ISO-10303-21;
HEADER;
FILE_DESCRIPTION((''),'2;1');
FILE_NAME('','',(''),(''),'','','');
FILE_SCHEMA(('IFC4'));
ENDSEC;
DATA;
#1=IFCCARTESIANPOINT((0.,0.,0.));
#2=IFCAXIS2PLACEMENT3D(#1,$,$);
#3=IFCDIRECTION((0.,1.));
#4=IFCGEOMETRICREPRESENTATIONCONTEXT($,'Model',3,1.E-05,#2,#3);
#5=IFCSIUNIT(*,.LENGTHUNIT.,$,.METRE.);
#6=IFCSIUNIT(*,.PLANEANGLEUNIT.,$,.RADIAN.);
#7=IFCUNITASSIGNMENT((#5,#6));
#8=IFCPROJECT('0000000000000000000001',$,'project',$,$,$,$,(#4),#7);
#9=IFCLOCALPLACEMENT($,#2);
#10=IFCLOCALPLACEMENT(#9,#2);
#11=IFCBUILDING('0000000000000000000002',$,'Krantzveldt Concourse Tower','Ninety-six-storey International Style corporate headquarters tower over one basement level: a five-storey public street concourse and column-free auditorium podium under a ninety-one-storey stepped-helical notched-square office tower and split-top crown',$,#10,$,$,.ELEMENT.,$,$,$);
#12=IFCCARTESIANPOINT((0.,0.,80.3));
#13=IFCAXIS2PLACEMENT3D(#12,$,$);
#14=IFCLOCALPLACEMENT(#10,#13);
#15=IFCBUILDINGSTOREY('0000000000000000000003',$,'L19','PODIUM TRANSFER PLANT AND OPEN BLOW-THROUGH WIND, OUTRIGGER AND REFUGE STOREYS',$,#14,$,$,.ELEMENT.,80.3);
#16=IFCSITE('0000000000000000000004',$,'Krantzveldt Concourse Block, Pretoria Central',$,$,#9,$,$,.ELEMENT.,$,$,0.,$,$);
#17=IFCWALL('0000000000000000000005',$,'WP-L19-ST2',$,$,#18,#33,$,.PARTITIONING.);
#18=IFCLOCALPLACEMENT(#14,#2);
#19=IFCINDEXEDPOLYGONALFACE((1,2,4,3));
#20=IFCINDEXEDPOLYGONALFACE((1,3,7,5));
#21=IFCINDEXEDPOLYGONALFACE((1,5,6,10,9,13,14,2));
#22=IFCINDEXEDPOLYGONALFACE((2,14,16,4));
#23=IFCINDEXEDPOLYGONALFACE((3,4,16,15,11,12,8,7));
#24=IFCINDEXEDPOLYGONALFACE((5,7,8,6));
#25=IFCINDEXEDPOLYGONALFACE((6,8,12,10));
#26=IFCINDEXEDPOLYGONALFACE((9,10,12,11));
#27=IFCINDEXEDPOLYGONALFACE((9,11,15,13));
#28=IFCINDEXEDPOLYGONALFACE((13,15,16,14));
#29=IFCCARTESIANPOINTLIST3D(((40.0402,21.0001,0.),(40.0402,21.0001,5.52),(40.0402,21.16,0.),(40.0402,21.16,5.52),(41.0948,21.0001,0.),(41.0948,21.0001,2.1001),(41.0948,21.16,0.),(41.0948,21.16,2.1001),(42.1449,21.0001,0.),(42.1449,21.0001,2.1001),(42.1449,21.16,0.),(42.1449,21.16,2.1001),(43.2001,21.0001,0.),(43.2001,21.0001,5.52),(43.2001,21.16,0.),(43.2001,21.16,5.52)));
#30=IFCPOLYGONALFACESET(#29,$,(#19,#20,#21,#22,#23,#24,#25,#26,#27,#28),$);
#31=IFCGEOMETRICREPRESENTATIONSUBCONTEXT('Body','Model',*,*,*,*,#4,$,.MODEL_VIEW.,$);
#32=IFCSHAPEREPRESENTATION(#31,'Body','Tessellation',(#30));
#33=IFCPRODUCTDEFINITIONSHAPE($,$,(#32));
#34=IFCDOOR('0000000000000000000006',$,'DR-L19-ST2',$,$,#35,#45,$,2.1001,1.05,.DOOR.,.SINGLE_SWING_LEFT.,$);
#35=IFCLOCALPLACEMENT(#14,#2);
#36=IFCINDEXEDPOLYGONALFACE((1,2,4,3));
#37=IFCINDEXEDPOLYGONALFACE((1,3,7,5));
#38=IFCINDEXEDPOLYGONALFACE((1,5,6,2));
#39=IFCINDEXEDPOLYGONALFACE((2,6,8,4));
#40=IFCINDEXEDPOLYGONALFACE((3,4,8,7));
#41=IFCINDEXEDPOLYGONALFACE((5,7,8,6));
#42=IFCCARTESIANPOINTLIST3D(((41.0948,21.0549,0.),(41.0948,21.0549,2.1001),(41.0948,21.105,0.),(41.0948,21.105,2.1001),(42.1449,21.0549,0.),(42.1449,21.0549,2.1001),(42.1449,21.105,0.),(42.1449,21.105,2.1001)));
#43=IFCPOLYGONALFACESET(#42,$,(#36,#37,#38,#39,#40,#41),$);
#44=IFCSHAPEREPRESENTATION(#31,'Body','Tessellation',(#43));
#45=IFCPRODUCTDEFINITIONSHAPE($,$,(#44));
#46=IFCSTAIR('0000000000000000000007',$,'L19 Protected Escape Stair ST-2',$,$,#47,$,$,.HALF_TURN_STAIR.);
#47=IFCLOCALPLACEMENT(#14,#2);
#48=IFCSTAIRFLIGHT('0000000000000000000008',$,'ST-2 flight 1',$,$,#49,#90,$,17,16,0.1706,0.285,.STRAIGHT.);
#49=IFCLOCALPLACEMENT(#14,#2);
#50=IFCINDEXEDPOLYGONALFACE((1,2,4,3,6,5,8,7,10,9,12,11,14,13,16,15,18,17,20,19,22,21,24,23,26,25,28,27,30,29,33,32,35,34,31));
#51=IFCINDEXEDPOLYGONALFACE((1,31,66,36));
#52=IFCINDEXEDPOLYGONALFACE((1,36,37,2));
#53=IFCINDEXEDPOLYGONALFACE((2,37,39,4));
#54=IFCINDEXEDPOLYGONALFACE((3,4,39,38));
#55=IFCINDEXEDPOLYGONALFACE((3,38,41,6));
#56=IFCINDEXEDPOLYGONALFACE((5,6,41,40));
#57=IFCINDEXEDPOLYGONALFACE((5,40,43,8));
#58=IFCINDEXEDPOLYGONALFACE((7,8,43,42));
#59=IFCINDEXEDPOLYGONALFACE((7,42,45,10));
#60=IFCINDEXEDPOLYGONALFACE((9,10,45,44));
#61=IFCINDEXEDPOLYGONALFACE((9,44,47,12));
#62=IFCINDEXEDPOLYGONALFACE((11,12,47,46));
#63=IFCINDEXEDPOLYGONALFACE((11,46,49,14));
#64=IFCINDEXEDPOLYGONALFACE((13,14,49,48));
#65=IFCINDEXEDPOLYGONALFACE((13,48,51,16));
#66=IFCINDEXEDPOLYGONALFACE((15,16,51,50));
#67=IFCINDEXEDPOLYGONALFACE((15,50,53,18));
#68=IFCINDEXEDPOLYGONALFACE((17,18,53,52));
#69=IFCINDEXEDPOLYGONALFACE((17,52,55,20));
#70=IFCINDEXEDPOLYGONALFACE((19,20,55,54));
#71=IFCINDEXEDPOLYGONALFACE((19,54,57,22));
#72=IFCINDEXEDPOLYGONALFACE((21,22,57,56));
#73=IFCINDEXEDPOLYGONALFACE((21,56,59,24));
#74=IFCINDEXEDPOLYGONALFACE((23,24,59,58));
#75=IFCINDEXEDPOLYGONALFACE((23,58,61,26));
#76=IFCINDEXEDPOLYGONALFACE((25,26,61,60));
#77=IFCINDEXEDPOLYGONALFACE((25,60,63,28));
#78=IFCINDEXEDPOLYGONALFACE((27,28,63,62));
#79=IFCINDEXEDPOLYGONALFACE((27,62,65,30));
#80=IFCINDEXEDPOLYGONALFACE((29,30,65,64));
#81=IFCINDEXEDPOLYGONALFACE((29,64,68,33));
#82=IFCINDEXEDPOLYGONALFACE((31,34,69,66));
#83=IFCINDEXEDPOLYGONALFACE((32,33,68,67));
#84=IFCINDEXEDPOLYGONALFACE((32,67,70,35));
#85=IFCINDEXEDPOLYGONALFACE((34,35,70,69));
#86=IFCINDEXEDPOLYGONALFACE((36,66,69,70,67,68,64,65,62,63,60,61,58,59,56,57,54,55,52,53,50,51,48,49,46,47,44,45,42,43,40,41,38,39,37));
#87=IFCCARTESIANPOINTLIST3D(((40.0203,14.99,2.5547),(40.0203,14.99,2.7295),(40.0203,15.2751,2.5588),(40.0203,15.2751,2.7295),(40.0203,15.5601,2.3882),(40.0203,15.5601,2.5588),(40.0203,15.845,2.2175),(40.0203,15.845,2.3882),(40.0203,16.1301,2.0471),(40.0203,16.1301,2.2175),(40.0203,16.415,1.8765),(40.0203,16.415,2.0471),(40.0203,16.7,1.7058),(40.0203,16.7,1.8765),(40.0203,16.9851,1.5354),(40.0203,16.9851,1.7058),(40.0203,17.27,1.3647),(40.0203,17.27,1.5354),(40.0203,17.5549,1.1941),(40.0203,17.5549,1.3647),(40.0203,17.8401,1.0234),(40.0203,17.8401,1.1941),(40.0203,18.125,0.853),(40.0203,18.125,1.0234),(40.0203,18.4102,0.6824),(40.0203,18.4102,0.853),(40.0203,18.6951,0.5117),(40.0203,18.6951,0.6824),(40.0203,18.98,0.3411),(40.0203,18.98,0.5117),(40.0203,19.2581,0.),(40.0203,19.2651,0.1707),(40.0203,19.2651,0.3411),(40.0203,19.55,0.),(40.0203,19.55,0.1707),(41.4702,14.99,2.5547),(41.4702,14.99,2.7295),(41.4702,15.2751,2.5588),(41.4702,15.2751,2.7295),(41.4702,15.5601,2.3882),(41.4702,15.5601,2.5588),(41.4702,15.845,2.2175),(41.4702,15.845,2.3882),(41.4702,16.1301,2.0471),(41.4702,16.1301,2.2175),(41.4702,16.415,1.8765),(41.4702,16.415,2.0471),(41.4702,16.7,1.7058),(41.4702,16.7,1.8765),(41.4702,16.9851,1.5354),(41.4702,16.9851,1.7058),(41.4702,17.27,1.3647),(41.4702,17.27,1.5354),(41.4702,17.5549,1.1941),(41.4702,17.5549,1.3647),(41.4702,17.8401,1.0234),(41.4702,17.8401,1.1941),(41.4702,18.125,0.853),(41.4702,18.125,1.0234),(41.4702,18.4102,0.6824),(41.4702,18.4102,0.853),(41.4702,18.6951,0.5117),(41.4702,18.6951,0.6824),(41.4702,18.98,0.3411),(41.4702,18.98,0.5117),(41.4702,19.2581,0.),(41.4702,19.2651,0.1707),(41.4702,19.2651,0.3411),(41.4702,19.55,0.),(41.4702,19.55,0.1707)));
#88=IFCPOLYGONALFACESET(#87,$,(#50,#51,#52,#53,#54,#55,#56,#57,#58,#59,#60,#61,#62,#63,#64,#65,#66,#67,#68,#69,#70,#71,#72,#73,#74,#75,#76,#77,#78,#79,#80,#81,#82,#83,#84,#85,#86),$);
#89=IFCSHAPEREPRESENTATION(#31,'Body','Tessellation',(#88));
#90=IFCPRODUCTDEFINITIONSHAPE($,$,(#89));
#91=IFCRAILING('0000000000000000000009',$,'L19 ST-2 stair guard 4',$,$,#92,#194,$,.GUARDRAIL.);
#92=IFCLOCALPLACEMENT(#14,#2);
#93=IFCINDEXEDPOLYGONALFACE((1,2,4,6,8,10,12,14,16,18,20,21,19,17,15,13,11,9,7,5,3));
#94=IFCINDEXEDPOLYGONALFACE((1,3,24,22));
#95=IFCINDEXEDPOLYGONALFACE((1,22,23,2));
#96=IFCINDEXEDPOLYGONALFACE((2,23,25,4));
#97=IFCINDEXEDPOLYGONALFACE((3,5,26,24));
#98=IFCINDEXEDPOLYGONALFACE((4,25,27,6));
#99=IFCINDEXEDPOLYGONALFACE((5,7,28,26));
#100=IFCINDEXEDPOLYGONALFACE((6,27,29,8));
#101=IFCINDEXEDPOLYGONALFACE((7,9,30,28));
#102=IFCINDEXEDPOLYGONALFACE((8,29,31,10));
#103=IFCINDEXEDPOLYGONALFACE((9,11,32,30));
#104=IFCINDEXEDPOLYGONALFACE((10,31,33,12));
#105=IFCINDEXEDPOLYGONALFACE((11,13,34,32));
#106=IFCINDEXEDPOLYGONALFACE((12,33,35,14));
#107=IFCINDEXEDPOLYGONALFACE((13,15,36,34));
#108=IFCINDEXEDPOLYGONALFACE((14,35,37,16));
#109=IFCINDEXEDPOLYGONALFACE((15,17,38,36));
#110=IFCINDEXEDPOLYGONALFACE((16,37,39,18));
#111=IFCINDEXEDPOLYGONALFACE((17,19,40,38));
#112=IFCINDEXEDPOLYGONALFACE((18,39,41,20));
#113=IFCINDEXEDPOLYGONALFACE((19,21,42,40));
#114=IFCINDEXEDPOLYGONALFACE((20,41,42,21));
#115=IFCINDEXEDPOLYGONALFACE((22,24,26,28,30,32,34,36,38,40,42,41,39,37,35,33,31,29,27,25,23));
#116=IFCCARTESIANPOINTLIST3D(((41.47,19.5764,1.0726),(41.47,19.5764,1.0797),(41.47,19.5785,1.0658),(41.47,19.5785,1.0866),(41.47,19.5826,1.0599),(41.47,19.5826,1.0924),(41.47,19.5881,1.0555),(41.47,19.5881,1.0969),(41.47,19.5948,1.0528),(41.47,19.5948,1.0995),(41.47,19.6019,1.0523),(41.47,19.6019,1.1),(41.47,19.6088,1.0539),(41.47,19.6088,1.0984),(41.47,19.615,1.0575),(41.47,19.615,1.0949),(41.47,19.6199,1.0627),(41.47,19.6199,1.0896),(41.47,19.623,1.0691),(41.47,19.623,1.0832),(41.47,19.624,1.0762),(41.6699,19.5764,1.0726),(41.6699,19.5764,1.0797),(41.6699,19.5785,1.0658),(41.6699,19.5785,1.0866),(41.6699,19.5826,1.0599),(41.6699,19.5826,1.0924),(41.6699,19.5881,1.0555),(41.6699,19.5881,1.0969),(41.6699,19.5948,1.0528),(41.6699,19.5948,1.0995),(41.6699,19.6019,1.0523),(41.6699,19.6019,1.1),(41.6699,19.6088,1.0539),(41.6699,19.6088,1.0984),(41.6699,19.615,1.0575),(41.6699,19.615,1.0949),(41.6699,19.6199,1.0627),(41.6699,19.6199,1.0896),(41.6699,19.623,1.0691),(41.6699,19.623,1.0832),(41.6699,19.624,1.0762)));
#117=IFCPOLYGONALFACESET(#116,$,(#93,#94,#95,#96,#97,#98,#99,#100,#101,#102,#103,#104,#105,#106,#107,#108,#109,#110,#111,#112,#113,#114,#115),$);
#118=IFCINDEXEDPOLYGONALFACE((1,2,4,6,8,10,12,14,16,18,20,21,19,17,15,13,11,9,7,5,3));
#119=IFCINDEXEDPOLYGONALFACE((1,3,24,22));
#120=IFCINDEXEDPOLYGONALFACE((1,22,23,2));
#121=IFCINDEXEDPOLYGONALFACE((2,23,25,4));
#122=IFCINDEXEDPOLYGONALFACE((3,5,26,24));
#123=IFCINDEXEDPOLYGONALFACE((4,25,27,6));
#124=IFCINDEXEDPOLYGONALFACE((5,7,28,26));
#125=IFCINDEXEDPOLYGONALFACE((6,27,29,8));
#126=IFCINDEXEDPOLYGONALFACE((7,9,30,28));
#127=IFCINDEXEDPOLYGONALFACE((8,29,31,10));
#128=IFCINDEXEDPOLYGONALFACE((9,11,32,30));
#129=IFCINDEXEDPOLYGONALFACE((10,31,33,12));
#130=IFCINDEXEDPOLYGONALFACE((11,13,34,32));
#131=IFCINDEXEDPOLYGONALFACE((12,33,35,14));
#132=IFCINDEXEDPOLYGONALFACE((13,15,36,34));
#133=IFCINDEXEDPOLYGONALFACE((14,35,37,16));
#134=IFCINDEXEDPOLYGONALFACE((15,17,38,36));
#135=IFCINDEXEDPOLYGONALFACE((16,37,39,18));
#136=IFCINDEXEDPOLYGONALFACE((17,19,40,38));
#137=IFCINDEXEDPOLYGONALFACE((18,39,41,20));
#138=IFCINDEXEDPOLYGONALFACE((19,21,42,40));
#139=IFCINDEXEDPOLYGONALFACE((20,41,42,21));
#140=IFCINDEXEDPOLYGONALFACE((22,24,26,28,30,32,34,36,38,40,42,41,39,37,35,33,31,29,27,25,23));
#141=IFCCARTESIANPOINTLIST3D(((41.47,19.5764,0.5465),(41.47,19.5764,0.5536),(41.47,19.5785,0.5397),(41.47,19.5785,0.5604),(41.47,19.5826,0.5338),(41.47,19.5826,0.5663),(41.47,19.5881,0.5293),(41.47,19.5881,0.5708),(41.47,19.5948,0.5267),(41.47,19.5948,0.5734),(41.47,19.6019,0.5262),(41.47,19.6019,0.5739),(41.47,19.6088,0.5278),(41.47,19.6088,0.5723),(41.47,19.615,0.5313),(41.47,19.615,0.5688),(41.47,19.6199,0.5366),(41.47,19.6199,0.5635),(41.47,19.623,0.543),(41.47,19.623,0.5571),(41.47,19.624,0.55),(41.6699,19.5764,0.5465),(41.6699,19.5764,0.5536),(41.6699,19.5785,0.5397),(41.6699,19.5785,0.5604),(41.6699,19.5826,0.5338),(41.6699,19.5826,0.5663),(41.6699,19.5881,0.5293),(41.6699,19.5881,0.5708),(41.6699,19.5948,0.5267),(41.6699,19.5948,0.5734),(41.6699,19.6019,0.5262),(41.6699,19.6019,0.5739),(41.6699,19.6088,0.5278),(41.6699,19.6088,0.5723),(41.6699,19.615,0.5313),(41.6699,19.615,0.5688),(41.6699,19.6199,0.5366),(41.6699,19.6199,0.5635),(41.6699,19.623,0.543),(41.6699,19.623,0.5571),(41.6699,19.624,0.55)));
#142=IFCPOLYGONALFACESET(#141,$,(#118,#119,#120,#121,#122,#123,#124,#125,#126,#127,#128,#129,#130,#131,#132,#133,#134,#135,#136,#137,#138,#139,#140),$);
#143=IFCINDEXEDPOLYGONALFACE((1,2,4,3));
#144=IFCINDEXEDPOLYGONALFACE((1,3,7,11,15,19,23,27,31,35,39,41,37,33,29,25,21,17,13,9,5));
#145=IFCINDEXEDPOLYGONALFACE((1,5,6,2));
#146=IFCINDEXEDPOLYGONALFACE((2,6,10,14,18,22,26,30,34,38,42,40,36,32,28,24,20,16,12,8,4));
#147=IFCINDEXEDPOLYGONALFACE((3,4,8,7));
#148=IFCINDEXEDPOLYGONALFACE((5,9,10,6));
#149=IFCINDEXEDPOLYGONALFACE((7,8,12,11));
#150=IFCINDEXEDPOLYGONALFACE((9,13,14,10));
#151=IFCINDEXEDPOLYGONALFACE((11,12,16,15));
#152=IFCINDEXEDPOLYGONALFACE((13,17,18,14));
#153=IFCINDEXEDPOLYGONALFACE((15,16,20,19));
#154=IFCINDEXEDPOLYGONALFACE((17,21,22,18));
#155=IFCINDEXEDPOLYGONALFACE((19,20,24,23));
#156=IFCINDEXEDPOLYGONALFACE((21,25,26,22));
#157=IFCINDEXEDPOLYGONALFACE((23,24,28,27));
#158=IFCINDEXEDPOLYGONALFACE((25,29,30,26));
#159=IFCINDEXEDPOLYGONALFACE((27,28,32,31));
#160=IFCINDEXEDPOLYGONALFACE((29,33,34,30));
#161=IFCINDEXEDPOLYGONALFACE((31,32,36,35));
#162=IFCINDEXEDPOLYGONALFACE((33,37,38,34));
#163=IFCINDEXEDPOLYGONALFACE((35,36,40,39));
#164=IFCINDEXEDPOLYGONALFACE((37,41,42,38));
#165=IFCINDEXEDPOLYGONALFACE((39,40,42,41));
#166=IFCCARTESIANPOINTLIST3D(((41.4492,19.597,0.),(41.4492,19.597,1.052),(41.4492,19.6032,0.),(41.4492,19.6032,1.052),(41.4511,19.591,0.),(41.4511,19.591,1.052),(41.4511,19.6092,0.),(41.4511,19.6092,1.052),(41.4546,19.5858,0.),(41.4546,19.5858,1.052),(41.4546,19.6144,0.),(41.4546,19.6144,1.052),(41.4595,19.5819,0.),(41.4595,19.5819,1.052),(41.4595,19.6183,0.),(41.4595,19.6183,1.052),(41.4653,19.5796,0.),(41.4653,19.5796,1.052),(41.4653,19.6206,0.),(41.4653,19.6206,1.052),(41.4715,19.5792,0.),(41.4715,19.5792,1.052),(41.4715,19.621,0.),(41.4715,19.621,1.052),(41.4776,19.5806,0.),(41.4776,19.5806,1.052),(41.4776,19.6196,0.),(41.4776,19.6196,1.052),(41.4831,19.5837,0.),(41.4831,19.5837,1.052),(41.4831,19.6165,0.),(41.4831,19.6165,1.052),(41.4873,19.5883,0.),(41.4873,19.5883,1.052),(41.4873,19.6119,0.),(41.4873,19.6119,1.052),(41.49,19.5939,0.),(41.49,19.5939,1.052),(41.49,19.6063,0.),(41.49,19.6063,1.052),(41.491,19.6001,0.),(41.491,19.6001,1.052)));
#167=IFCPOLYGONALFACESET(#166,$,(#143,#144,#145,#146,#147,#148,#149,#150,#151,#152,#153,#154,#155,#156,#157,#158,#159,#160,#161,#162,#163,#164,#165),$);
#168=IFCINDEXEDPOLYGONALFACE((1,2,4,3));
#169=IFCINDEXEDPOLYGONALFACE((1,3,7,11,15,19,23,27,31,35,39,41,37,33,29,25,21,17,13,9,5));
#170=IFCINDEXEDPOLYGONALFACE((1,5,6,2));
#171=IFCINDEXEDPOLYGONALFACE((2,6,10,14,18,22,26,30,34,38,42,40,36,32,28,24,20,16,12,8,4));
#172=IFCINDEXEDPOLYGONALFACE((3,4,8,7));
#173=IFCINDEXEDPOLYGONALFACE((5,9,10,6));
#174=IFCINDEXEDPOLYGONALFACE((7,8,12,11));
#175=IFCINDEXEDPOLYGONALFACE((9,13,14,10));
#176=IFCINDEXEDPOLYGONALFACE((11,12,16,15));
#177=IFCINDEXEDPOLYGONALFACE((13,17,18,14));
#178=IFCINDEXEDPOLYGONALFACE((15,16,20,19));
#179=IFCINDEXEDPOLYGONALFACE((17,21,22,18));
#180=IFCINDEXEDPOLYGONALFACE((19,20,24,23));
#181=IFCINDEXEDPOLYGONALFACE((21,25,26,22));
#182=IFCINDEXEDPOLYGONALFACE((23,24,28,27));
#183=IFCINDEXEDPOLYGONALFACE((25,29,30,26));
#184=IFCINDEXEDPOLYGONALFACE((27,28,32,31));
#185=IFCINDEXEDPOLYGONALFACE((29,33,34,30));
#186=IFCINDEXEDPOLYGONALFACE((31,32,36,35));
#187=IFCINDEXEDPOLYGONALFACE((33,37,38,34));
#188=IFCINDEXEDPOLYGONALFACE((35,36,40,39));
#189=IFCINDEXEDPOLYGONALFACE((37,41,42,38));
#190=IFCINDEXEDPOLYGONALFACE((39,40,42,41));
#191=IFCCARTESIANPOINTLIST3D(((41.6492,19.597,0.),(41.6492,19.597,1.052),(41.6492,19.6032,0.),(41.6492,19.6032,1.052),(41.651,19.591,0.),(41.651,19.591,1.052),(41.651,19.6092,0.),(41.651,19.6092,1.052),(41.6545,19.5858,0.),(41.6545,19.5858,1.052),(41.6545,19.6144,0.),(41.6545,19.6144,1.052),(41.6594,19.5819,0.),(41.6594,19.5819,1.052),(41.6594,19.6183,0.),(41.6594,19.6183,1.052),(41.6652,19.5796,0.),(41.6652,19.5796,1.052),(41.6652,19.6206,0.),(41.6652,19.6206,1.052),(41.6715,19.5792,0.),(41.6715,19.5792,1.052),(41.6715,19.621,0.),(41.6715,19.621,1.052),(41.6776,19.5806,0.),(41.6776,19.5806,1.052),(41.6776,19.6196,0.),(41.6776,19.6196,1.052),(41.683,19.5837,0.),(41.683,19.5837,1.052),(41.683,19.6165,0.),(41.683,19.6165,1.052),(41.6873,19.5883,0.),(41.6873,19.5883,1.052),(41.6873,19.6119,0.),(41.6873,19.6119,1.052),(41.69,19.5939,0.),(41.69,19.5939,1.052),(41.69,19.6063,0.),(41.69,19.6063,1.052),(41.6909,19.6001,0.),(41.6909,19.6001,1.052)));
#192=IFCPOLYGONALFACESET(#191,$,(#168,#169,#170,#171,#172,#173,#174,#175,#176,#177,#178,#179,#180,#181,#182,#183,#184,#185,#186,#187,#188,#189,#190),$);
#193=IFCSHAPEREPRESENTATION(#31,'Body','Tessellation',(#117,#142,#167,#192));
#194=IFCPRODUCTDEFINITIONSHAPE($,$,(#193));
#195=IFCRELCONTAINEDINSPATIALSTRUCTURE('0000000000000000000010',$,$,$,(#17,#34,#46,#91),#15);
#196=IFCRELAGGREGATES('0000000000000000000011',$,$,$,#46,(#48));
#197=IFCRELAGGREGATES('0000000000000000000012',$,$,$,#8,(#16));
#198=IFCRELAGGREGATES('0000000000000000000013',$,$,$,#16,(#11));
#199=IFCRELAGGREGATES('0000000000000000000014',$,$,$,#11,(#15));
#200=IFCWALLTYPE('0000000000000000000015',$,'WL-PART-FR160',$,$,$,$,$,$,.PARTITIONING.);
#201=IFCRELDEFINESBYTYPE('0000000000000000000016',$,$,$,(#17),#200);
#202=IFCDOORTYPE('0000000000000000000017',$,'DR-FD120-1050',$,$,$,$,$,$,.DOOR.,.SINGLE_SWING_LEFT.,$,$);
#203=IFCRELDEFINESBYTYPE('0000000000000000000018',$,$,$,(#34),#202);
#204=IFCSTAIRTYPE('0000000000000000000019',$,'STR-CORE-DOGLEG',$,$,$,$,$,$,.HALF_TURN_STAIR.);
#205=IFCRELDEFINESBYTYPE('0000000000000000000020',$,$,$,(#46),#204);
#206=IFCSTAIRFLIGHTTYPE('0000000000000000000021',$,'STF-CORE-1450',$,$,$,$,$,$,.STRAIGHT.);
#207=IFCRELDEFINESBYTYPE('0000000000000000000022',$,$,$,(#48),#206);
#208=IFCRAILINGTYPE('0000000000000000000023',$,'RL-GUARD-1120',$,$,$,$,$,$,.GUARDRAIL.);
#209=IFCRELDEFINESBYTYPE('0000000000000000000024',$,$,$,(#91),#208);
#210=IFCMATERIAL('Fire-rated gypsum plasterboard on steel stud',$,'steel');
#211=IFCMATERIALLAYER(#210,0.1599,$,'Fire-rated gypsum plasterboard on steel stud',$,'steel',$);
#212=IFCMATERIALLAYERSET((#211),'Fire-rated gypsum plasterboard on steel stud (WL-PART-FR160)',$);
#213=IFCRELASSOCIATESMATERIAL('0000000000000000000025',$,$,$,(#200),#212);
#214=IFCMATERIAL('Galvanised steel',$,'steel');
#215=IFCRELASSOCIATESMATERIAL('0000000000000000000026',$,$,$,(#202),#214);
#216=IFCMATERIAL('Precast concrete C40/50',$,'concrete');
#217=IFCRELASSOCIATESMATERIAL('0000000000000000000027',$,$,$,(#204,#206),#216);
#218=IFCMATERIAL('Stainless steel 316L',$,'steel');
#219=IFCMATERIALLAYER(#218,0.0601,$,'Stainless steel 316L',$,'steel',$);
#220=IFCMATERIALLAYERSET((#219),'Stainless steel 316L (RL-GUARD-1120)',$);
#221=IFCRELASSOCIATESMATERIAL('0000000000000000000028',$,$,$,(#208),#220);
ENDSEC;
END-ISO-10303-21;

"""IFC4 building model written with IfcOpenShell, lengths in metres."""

from ifc_helpers import new_model, si_unit, direction, frame, frame_2d, origin, origin_2d, place, context, subcontext, project, spatial, polyline, rectangle, circle, outline, extrude, material, layer, layer_set, type_object, element, fill, aggregate, save


model = new_model("IFC4")

# Units and contexts
model_context = context("Model", 3, precision=1e-05, world=origin(), true_north=direction((0.0, 1.0)))
body_context = subcontext(model_context, "Body", "Model", "MODEL_VIEW")
ifc_project = project(units=[si_unit("LENGTHUNIT", "METRE"), si_unit("PLANEANGLEUNIT", "RADIAN")], contexts=[model_context])

# Site, building, storey
site_placement = place(None, origin())
site = spatial("IfcSite", under=ifc_project, at=site_placement, Name="Krantzveldt Concourse Block, Pretoria Central", CompositionType="ELEMENT", RefElevation=0.0)
building_placement = place(site_placement, origin())
building = spatial("IfcBuilding", under=site, at=building_placement, Name="Krantzveldt Concourse Tower", Description="Ninety-six-storey International Style corporate headquarters tower over one basement level: a five-storey public street concourse and column-free auditorium podium under a ninety-one-storey stepped-helical notched-square office tower and split-top crown", CompositionType="ELEMENT")
storey_placement = place(building_placement, frame((0.0, 0.0, 80.3)))
storey = spatial("IfcBuildingStorey", under=building, at=storey_placement, Name="L19", Description="PODIUM TRANSFER PLANT AND OPEN BLOW-THROUGH WIND, OUTRIGGER AND REFUGE STOREYS", CompositionType="ELEMENT", Elevation=80.3)

# Shared definitions
ifc_material_1 = material(Name="Fire-rated gypsum plasterboard on steel stud", Category="steel")
ifc_material_2 = material(Name="Stainless steel 316L", Category="steel")

# Wall, opening, door
ifc_layer_1 = layer(ifc_material_1, 0.1599, Name="Fire-rated gypsum plasterboard on steel stud", Category="steel")
ifc_layer_set_1 = layer_set([ifc_layer_1], Name="Fire-rated gypsum plasterboard on steel stud (WL-PART-FR160)")
wall_type_1 = type_object("IfcWallType", Name="WL-PART-FR160", PredefinedType="PARTITIONING", material=ifc_layer_set_1)
wall_1_placement = place(storey_placement, frame((40.04, 21.0801, 0.0), z_axis=(0.0, 0.0, 1.0), x_axis=(1.0, 0.0, 0.0)))
wall_1 = element("IfcWall", 1, at=wall_1_placement, inside=storey, type_object=wall_type_1, Name="WP-L19-ST2", PredefinedType="PARTITIONING", context=body_context, shape_type="SweptSolid", body=[
    extrude(rectangle(XDim=3.1599, YDim=0.1599, at=frame_2d((1.5801, 0.0))), origin(), (0.0, 0.0, 1.0), 5.52),
])
opening_1_placement = place(wall_1_placement, frame((1.0549, 0.0, 0.0)))
opening_1 = element("IfcOpeningElement", 2, at=opening_1_placement, cuts=wall_1, PredefinedType="OPENING", context=body_context, shape_type="SweptSolid", body=[
    extrude(rectangle(XDim=1.05, YDim=2.1001, at=frame_2d((0.5249, 1.05))), frame((0.0, 0.0898, 0.0), z_axis=(0.0, -1.0, 0.0), x_axis=(1.0, 0.0, 0.0)), (0.0, 0.0, 1.0), 0.1799),
])
ifc_material_3 = material(Name="Galvanised steel", Category="steel")
door_type_1 = type_object("IfcDoorType", Name="DR-FD120-1050", OperationType="SINGLE_SWING_LEFT", PredefinedType="DOOR", material=ifc_material_3)
door_1_placement = place(opening_1_placement, origin())
door_1 = element("IfcDoor", 3, at=door_1_placement, inside=storey, type_object=door_type_1, Name="DR-L19-ST2", OperationType="SINGLE_SWING_LEFT", OverallHeight=2.1001, OverallWidth=1.05, PredefinedType="DOOR", context=body_context, shape_type="SweptSolid", body=[
    extrude(rectangle(XDim=1.05, YDim=2.1001, at=frame_2d((0.5249, 1.05))), frame((0.0, 0.0249, 0.0), z_axis=(0.0, -1.0, 0.0), x_axis=(1.0, 0.0, 0.0)), (0.0, 0.0, 1.0), 0.05),
])
fill(opening_1, door_1)

# Stair, stair flight
ifc_material_4 = material(Name="Precast concrete C40/50", Category="concrete")
stair_type = type_object("IfcStairType", Name="STR-CORE-DOGLEG", PredefinedType="HALF_TURN_STAIR", material=ifc_material_4)
stair_placement = place(storey_placement, origin())
stair = element("IfcStair", 4, at=stair_placement, inside=storey, type_object=stair_type, Name="L19 Protected Escape Stair ST-2", PredefinedType="HALF_TURN_STAIR")
stair_flight_type = type_object("IfcStairFlightType", Name="STF-CORE-1450", PredefinedType="STRAIGHT", material=ifc_material_4)
stair_flight_placement = place(storey_placement, frame((40.7451, 19.55, 0.0), z_axis=(0.0, 0.0, 1.0), x_axis=(0.0, -1.0, 0.0)))
stair_flight = element("IfcStairFlight", 5, at=stair_flight_placement, type_object=stair_flight_type, Name="ST-2 flight 1", NumberOfRisers=17, NumberOfTreads=16, PredefinedType="STRAIGHT", RiserHeight=0.1706, TreadLength=0.285, context=body_context, shape_type="SweptSolid", body=[
    extrude(outline(polyline([(0.0, 0.0), (0.0, 0.1707), (0.2849, 0.1707), (0.2849, 0.3411), (0.5701, 0.3411), (0.5701, 0.5117), (0.855, 0.5117), (0.855, 0.6824), (1.1399, 0.6824), (1.1399, 0.853), (1.425, 0.853), (1.425, 1.0234), (1.71, 1.0234), (1.71, 1.1941), (1.9951, 1.1941), (1.9951, 1.3647), (2.28, 1.3647), (2.28, 1.5354), (2.5649, 1.5354), (2.5649, 1.7058), (2.8501, 1.7058), (2.8501, 1.8765), (3.135, 1.8765), (3.135, 2.0471), (3.4199, 2.0471), (3.4199, 2.2175), (3.7051, 2.2175), (3.7051, 2.3882), (3.99, 2.3882), (3.99, 2.5588), (4.2749, 2.5588), (4.2749, 2.7295), (4.5601, 2.7295), (4.5601, 2.8999), (4.5601, 2.5547), (0.292, 0.0), (0.0, 0.0)])), frame((0.0, 0.7251, 0.0), z_axis=(0.0, -1.0, 0.0), x_axis=(1.0, 0.0, 0.0)), (0.0, 0.0, 1.0), 1.45),
])
aggregate(stair, [stair_flight])

# Railing
ifc_layer_2 = layer(ifc_material_2, 0.0601, Name="Stainless steel 316L", Category="steel")
ifc_layer_set_2 = layer_set([ifc_layer_2], Name="Stainless steel 316L (RL-GUARD-1120)")
railing_type_1 = type_object("IfcRailingType", Name="RL-GUARD-1120", PredefinedType="GUARDRAIL", material=ifc_layer_set_2)
railing_1_placement = place(storey_placement, frame((41.47, 19.6001, 0.0)))
element("IfcRailing", 6, at=railing_1_placement, inside=storey, type_object=railing_type_1, Name="L19 ST-2 stair guard 4", PredefinedType="GUARDRAIL", context=body_context, shape_type="SweptSolid", body=[
    extrude(circle(Radius=0.0239, at=origin_2d()), frame((0.0, 0.0, 1.0762), z_axis=(1.0, 0.0, 0.0), x_axis=(0.0, 1.0, 0.0)), (0.0, 0.0, 1.0), 0.2),
    extrude(circle(Radius=0.0239, at=origin_2d()), frame((0.0, 0.0, 0.55), z_axis=(1.0, 0.0, 0.0), x_axis=(0.0, 1.0, 0.0)), (0.0, 0.0, 1.0), 0.2),
    extrude(circle(Radius=0.021, at=origin_2d()), origin(), (0.0, 0.0, 1.0), 1.052),
    extrude(circle(Radius=0.021, at=origin_2d()), frame((0.2, 0.0, 0.0)), (0.0, 0.0, 1.0), 1.052),
])

save(model, "model.ifc")
